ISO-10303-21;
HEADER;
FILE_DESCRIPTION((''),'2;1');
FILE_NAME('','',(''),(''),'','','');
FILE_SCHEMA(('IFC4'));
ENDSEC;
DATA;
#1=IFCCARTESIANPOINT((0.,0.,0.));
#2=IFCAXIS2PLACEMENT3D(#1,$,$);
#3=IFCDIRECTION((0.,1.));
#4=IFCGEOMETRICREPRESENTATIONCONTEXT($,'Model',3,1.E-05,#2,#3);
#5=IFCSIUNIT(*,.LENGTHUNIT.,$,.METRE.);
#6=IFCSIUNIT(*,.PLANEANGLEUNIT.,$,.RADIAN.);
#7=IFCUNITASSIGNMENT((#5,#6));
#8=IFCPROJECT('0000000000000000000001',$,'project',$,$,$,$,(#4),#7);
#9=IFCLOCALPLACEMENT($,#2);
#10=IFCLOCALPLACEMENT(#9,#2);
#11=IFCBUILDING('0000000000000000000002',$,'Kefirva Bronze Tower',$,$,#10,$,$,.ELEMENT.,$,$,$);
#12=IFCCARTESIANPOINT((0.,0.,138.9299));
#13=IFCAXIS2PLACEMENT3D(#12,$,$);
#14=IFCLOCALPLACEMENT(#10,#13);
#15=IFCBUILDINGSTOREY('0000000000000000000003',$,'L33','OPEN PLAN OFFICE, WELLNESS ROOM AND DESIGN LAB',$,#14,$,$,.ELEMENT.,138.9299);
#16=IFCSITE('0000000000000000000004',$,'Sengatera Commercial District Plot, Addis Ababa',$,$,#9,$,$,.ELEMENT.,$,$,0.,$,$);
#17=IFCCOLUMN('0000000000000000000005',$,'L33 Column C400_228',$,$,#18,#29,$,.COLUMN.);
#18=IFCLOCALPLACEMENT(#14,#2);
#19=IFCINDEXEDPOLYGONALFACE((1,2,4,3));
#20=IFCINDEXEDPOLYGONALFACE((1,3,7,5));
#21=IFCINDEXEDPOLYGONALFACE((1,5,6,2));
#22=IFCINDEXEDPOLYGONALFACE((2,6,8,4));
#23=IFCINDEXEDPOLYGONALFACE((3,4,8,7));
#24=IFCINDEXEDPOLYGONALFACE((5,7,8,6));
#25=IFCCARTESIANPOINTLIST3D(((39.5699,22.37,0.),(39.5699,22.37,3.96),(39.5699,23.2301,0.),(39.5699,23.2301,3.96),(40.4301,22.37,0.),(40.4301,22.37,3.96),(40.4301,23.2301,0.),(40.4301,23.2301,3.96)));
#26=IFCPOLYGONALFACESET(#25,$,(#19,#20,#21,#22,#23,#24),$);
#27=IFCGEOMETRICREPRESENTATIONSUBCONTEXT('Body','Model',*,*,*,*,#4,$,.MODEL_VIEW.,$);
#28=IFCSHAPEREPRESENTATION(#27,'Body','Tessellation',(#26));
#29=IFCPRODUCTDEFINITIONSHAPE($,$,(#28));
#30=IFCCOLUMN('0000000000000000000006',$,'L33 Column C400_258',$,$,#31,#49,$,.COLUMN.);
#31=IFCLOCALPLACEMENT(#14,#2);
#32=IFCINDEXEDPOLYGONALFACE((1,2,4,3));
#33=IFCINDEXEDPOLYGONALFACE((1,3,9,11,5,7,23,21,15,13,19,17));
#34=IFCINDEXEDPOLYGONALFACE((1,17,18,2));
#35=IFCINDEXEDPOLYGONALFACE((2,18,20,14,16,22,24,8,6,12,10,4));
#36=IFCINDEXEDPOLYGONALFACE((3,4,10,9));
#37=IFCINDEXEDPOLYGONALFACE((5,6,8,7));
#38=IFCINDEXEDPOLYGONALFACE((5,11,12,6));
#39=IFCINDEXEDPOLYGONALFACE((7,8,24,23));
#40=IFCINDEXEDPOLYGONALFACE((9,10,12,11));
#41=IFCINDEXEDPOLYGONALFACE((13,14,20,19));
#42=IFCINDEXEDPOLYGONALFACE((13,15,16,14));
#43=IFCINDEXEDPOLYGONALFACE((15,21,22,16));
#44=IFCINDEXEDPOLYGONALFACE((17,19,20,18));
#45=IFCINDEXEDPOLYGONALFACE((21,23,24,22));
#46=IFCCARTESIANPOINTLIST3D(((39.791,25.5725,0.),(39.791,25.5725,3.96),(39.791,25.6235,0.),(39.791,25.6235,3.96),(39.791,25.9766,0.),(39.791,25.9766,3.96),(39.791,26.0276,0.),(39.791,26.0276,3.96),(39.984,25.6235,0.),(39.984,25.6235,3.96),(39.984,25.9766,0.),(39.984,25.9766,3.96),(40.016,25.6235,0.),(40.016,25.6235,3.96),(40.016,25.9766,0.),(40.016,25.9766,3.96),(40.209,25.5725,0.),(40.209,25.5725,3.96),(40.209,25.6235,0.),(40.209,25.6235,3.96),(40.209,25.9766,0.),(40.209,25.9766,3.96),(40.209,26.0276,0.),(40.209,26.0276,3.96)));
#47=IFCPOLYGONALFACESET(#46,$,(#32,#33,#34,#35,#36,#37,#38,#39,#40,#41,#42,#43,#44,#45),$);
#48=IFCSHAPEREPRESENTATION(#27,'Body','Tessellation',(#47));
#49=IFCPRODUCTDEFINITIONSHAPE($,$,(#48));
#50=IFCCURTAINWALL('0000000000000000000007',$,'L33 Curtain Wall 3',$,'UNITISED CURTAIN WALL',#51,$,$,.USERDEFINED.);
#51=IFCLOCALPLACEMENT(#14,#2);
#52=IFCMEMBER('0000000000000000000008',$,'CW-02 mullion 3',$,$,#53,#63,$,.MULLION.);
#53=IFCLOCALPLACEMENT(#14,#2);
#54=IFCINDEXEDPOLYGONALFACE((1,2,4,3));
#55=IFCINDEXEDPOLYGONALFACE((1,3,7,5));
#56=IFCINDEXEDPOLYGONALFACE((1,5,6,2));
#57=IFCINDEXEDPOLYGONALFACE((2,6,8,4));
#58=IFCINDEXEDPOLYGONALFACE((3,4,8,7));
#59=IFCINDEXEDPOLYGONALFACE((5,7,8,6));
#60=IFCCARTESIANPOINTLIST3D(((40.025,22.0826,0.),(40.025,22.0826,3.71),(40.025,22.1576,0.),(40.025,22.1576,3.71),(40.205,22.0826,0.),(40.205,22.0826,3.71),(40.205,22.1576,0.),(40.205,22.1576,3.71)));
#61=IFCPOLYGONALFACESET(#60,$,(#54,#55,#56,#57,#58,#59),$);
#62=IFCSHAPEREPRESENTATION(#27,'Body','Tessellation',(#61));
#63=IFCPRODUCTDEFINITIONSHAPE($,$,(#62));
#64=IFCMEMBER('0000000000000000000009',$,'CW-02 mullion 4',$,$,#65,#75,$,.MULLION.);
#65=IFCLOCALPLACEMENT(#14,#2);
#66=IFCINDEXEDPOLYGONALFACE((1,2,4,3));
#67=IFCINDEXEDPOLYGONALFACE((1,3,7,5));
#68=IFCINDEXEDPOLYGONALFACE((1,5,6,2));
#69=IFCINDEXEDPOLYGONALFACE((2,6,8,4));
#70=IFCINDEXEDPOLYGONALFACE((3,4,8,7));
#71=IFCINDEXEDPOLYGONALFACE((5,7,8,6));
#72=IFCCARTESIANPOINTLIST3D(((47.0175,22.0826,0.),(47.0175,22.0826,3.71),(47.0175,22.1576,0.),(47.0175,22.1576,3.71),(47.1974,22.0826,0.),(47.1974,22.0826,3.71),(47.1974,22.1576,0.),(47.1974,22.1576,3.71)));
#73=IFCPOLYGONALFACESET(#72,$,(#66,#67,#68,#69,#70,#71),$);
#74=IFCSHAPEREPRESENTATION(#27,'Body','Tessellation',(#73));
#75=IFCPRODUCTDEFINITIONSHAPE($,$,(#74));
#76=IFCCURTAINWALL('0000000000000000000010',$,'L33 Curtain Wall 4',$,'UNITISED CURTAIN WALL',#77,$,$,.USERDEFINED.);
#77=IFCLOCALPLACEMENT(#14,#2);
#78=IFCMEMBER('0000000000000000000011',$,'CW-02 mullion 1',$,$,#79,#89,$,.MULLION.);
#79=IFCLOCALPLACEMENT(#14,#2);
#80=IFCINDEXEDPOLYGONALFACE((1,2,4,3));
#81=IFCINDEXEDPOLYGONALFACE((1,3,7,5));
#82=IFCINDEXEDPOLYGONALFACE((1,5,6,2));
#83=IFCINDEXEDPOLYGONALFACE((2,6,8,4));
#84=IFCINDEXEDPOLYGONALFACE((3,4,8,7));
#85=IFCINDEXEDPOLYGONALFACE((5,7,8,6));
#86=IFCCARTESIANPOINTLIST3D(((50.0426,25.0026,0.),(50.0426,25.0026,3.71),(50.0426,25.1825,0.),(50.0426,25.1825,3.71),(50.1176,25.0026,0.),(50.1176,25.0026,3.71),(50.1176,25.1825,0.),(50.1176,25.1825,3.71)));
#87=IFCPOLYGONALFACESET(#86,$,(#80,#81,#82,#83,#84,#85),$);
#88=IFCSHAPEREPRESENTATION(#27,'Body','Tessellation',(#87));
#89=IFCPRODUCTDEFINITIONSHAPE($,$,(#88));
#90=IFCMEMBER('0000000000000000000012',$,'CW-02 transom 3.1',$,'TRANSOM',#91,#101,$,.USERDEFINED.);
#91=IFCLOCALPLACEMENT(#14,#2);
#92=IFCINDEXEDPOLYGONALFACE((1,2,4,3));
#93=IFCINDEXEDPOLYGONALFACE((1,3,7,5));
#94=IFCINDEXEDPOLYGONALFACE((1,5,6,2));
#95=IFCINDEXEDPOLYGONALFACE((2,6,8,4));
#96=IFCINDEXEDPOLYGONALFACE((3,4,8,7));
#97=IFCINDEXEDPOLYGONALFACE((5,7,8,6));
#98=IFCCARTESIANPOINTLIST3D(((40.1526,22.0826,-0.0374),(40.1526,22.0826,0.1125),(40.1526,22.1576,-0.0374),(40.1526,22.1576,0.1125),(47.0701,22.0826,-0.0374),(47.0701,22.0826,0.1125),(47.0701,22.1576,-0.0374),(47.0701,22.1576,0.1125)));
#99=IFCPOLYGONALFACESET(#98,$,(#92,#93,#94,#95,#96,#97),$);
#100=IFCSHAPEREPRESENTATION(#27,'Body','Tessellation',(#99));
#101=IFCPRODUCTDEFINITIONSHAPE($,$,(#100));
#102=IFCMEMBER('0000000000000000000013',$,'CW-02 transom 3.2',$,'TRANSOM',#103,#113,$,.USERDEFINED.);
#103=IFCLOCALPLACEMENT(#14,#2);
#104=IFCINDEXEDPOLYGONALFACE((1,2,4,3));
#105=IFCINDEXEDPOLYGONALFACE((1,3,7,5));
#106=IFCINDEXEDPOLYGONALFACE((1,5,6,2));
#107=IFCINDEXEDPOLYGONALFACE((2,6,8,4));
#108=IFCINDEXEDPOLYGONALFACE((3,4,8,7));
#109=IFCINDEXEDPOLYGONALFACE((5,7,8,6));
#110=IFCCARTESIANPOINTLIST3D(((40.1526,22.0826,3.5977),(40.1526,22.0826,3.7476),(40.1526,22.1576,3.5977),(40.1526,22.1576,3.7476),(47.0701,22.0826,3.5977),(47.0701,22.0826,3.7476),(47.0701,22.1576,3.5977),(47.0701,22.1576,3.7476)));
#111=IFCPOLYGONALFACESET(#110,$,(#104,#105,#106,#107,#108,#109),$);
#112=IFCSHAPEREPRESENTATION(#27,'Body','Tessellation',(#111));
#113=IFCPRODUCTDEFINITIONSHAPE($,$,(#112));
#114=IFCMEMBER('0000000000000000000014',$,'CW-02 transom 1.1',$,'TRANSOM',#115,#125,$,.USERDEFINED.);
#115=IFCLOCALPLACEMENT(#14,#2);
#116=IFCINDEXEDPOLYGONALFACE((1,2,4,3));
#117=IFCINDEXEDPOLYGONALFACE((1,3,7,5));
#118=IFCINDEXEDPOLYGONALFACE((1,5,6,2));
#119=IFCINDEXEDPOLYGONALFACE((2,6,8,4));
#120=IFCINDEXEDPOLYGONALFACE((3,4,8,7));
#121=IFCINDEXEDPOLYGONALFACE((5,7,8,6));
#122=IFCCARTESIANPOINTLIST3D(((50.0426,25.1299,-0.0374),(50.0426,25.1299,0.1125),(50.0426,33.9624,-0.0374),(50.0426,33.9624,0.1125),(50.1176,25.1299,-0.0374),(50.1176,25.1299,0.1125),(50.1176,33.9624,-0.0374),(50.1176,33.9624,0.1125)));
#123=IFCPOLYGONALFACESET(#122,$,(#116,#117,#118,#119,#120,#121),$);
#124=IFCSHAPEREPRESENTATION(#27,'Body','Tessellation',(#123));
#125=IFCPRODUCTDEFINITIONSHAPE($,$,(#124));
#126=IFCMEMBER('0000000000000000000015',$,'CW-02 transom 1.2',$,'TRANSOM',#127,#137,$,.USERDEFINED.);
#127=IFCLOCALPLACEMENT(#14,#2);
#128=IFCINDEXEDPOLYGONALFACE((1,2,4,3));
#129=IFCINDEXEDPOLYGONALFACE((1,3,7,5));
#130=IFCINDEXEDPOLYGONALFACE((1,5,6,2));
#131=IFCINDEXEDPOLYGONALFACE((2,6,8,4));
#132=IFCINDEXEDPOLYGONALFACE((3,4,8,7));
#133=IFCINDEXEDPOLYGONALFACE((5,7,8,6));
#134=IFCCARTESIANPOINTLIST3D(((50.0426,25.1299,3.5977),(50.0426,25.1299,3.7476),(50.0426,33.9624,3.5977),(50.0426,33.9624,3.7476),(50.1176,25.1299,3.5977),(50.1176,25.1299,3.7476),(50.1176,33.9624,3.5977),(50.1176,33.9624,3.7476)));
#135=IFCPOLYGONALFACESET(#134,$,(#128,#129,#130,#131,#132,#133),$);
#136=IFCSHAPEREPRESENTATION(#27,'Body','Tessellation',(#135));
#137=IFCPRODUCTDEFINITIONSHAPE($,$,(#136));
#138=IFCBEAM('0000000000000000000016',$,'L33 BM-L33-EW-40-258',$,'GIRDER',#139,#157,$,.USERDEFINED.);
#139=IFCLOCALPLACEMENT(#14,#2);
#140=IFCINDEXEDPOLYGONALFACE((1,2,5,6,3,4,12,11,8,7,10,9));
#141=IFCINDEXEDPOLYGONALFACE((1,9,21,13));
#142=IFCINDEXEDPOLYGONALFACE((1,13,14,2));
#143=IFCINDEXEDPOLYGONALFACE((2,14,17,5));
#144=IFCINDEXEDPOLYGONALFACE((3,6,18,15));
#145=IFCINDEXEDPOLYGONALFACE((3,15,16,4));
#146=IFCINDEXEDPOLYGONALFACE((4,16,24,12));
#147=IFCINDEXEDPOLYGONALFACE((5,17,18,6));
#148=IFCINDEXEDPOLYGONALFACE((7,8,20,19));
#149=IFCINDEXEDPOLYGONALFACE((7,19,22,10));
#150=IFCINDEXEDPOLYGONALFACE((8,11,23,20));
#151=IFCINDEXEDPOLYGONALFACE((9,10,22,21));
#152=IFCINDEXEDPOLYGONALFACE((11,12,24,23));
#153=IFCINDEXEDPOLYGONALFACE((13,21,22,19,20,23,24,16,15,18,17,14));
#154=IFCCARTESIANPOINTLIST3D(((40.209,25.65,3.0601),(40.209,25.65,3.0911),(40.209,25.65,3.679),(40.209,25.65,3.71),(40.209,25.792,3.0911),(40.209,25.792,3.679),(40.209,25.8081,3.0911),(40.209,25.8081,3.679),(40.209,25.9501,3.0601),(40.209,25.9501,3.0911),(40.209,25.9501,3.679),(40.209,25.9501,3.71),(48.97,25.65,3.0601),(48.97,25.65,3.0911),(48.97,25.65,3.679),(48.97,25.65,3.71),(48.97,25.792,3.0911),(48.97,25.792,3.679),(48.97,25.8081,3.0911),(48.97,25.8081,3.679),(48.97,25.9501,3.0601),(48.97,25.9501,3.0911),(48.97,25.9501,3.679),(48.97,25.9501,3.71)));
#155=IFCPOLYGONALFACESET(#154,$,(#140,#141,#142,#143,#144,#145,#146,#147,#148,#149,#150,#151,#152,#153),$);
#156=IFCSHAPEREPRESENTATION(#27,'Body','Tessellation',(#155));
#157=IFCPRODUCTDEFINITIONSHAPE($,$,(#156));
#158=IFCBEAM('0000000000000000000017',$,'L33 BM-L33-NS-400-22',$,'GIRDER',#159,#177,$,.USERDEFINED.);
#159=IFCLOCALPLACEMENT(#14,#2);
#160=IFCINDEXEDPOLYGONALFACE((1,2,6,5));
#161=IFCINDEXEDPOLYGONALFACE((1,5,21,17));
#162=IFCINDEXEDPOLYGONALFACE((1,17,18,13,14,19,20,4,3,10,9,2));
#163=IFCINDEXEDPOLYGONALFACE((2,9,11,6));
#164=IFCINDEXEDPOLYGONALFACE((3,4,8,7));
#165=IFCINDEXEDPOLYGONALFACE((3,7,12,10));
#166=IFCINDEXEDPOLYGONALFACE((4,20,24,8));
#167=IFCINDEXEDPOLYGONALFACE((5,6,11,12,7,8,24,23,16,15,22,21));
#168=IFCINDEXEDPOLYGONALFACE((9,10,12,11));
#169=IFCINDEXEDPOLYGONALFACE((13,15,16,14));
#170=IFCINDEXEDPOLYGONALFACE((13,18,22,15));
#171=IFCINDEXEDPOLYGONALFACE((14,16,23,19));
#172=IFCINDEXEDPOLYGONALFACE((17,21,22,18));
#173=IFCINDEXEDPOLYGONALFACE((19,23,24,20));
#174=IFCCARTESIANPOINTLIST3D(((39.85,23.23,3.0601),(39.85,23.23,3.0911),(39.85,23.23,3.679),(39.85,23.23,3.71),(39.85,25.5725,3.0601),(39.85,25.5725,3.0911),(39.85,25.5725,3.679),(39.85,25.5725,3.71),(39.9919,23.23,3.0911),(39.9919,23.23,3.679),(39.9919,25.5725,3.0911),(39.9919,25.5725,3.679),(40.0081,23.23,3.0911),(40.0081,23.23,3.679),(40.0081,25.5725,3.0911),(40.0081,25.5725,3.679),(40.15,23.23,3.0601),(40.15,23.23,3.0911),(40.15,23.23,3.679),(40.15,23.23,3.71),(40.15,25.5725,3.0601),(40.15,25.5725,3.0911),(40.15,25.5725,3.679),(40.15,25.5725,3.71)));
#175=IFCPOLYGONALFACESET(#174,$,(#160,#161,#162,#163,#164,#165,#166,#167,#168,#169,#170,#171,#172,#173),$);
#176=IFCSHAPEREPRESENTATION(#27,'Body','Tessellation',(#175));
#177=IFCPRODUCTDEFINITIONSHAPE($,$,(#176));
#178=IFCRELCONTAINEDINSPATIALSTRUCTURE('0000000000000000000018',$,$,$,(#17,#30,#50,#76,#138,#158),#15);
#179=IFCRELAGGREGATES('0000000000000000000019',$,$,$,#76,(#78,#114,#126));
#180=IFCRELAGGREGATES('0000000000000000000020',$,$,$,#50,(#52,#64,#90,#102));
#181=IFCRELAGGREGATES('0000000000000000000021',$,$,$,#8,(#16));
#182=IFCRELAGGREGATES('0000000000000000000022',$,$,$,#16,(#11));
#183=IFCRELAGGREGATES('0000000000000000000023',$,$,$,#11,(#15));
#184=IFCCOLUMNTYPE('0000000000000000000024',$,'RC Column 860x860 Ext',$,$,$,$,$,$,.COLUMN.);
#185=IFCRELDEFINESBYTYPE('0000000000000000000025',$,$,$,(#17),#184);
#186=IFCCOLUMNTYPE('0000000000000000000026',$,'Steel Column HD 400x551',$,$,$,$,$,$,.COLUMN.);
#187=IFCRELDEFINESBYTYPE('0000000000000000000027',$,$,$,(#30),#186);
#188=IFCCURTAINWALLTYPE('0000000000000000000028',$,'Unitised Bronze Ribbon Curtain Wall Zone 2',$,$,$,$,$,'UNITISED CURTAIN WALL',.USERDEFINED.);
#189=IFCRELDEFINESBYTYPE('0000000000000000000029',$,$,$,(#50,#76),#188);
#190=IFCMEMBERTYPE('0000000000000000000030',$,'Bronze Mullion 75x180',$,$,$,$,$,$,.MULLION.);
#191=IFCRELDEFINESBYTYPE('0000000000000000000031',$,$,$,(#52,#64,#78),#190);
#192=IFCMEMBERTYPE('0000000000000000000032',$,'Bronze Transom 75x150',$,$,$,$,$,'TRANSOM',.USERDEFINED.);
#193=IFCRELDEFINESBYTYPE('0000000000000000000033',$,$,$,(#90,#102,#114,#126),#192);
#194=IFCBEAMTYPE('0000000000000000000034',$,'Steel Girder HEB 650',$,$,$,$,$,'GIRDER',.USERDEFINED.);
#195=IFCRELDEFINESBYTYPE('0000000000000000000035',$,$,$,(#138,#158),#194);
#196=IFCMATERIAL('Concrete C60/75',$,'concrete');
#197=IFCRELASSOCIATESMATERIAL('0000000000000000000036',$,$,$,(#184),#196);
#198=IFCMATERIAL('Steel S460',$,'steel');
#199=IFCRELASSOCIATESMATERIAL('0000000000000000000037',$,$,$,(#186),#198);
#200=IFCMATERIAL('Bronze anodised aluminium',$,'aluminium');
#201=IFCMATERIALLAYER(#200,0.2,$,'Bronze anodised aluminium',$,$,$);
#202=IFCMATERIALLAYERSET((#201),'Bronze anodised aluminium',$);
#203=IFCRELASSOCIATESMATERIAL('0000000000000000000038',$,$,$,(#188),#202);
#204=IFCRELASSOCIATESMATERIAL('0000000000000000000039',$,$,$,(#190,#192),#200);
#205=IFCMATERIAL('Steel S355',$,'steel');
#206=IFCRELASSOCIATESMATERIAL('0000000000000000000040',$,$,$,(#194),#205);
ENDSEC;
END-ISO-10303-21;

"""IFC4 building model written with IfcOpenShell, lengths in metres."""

from ifc_helpers import new_model, si_unit, direction, frame, origin, origin_2d, place, context, subcontext, project, spatial, rectangle, i_section, extrude, material, layer, layer_set, material_profile, profile_set, type_object, element, aggregate, save


model = new_model("IFC4")

# Units and contexts
model_context = context("Model", 3, precision=1e-05, world=origin(), true_north=direction((0.0, 1.0)))
body_context = subcontext(model_context, "Body", "Model", "MODEL_VIEW")
ifc_project = project(units=[si_unit("LENGTHUNIT", "METRE"), si_unit("PLANEANGLEUNIT", "RADIAN")], contexts=[model_context])

# Site, building, storey
site_placement = place(None, origin())
site = spatial("IfcSite", under=ifc_project, at=site_placement, Name="Sengatera Commercial District Plot, Addis Ababa", CompositionType="ELEMENT", RefElevation=0.0)
building_placement = place(site_placement, origin())
building = spatial("IfcBuilding", under=site, at=building_placement, Name="Kefirva Bronze Tower", CompositionType="ELEMENT")
storey_placement = place(building_placement, frame((0.0, 0.0, 138.9299)))
storey = spatial("IfcBuildingStorey", under=building, at=storey_placement, Name="L33", Description="OPEN PLAN OFFICE, WELLNESS ROOM AND DESIGN LAB", CompositionType="ELEMENT", Elevation=138.9299)

# Columns
ifc_material_1 = material(Name="Concrete C60/75", Category="concrete")
ifc_material_profile_1 = material_profile(ifc_material_1, rectangle(XDim=0.8601, YDim=0.8601, at=origin_2d()), Name="RC 860x860")
ifc_profile_set_1 = profile_set([ifc_material_profile_1], Name="Concrete C60/75")
column_type_1 = type_object("IfcColumnType", Name="RC Column 860x860 Ext", PredefinedType="COLUMN", material=ifc_profile_set_1)
column_1_placement = place(storey_placement, frame((40.0, 22.8, 0.0), z_axis=(0.0, 0.0, 1.0), x_axis=(1.0, 0.0, 0.0)))
element("IfcColumn", 1, at=column_1_placement, inside=storey, type_object=column_type_1, Name="L33 Column C400_228", PredefinedType="COLUMN", context=body_context, shape_type="SweptSolid", body=[
    extrude(rectangle(XDim=0.8601, YDim=0.8601, at=origin_2d()), origin(), (0.0, 0.0, 1.0), 3.96),
])
ifc_material_2 = material(Name="Steel S460", Category="steel")
ifc_material_profile_2 = material_profile(ifc_material_2, i_section(OverallWidth=0.418, OverallDepth=0.4551, WebThickness=0.032, FlangeThickness=0.051, at=origin_2d()), Name="HD 400x551")
ifc_profile_set_2 = profile_set([ifc_material_profile_2], Name="Steel S460")
column_type_2 = type_object("IfcColumnType", Name="Steel Column HD 400x551", PredefinedType="COLUMN", material=ifc_profile_set_2)
column_2_placement = place(storey_placement, frame((40.0, 25.8, 0.0), z_axis=(0.0, 0.0, 1.0), x_axis=(1.0, 0.0, 0.0)))
element("IfcColumn", 2, at=column_2_placement, inside=storey, type_object=column_type_2, Name="L33 Column C400_258", PredefinedType="COLUMN", context=body_context, shape_type="SweptSolid", body=[
    extrude(i_section(OverallWidth=0.418, OverallDepth=0.4551, WebThickness=0.032, FlangeThickness=0.051, at=origin_2d()), origin(), (0.0, 0.0, 1.0), 3.96),
])

# Curtain wall, members
ifc_material_3 = material(Name="Bronze anodised aluminium", Category="aluminium")
ifc_layer_1 = layer(ifc_material_3, 0.2, Name="Bronze anodised aluminium")
ifc_layer_set_1 = layer_set([ifc_layer_1], Name="Bronze anodised aluminium")
curtain_wall_type = type_object("IfcCurtainWallType", Name="Unitised Bronze Ribbon Curtain Wall Zone 2", ElementType="UNITISED CURTAIN WALL", PredefinedType="USERDEFINED", material=ifc_layer_set_1)
curtain_wall_1_placement = place(storey_placement, origin())
curtain_wall_1 = element("IfcCurtainWall", 3, at=curtain_wall_1_placement, inside=storey, type_object=curtain_wall_type, Name="L33 Curtain Wall 3", ObjectType="UNITISED CURTAIN WALL", PredefinedType="USERDEFINED")
ifc_material_profile_3 = material_profile(ifc_material_3, rectangle(XDim=0.075, YDim=0.1799, at=origin_2d()), Name="ALU 75x180")
ifc_profile_set_3 = profile_set([ifc_material_profile_3], Name="Bronze anodised aluminium")
member_type_1 = type_object("IfcMemberType", Name="Bronze Mullion 75x180", PredefinedType="MULLION", material=ifc_profile_set_3)
member_1_placement = place(storey_placement, frame((40.115, 22.1201, 0.0), z_axis=(0.0, 0.0, 1.0), x_axis=(0.0, 1.0, 0.0)))
member_1 = element("IfcMember", 4, at=member_1_placement, type_object=member_type_1, Name="CW-02 mullion 3", PredefinedType="MULLION", context=body_context, shape_type="SweptSolid", body=[
    extrude(rectangle(XDim=0.075, YDim=0.1799, at=origin_2d()), origin(), (0.0, 0.0, 1.0), 3.71),
])
member_2_placement = place(storey_placement, frame((47.1074, 22.1201, 0.0), z_axis=(0.0, 0.0, 1.0), x_axis=(0.0, 1.0, 0.0)))
member_2 = element("IfcMember", 5, at=member_2_placement, type_object=member_type_1, Name="CW-02 mullion 4", PredefinedType="MULLION", context=body_context, shape_type="SweptSolid", body=[
    extrude(rectangle(XDim=0.075, YDim=0.1799, at=origin_2d()), origin(), (0.0, 0.0, 1.0), 3.71),
])

# Curtain wall, member
curtain_wall_2_placement = place(storey_placement, origin())
curtain_wall_2 = element("IfcCurtainWall", 6, at=curtain_wall_2_placement, inside=storey, type_object=curtain_wall_type, Name="L33 Curtain Wall 4", ObjectType="UNITISED CURTAIN WALL", PredefinedType="USERDEFINED")
member_3_placement = place(storey_placement, frame((50.0801, 25.0925, 0.0), z_axis=(0.0, 0.0, 1.0), x_axis=(-1.0, 0.0, 0.0)))
member_3 = element("IfcMember", 7, at=member_3_placement, type_object=member_type_1, Name="CW-02 mullion 1", PredefinedType="MULLION", context=body_context, shape_type="SweptSolid", body=[
    extrude(rectangle(XDim=0.075, YDim=0.1799, at=origin_2d()), origin(), (0.0, 0.0, 1.0), 3.71),
])

# Members
ifc_material_profile_4 = material_profile(ifc_material_3, rectangle(XDim=0.075, YDim=0.1499, at=origin_2d()), Name="ALU 75x150")
ifc_profile_set_4 = profile_set([ifc_material_profile_4], Name="Bronze anodised aluminium")
member_type_2 = type_object("IfcMemberType", Name="Bronze Transom 75x150", ElementType="TRANSOM", PredefinedType="USERDEFINED", material=ifc_profile_set_4)
member_4_placement = place(storey_placement, frame((40.1526, 22.1201, 0.0376), z_axis=(1.0, 0.0, 0.0), x_axis=(0.0, 1.0, 0.0)))
member_4 = element("IfcMember", 8, at=member_4_placement, type_object=member_type_2, Name="CW-02 transom 3.1", ObjectType="TRANSOM", PredefinedType="USERDEFINED", context=body_context, shape_type="SweptSolid", body=[
    extrude(rectangle(XDim=0.075, YDim=0.1499, at=origin_2d()), origin(), (0.0, 0.0, 1.0), 6.9175),
])
member_5_placement = place(storey_placement, frame((40.1526, 22.1201, 3.6726), z_axis=(1.0, 0.0, 0.0), x_axis=(0.0, 1.0, 0.0)))
member_5 = element("IfcMember", 9, at=member_5_placement, type_object=member_type_2, Name="CW-02 transom 3.2", ObjectType="TRANSOM", PredefinedType="USERDEFINED", context=body_context, shape_type="SweptSolid", body=[
    extrude(rectangle(XDim=0.075, YDim=0.1499, at=origin_2d()), origin(), (0.0, 0.0, 1.0), 6.9175),
])
member_6_placement = place(storey_placement, frame((50.0801, 25.1299, 0.0376), z_axis=(0.0, 1.0, 0.0), x_axis=(-1.0, 0.0, 0.0)))
member_6 = element("IfcMember", 10, at=member_6_placement, type_object=member_type_2, Name="CW-02 transom 1.1", ObjectType="TRANSOM", PredefinedType="USERDEFINED", context=body_context, shape_type="SweptSolid", body=[
    extrude(rectangle(XDim=0.075, YDim=0.1499, at=origin_2d()), origin(), (0.0, 0.0, 1.0), 8.8325),
])
member_7_placement = place(storey_placement, frame((50.0801, 25.1299, 3.6726), z_axis=(0.0, 1.0, 0.0), x_axis=(-1.0, 0.0, 0.0)))
member_7 = element("IfcMember", 11, at=member_7_placement, type_object=member_type_2, Name="CW-02 transom 1.2", ObjectType="TRANSOM", PredefinedType="USERDEFINED", context=body_context, shape_type="SweptSolid", body=[
    extrude(rectangle(XDim=0.075, YDim=0.1499, at=origin_2d()), origin(), (0.0, 0.0, 1.0), 8.8325),
])
aggregate(curtain_wall_2, [member_3, member_6, member_7])

# Beams
ifc_material_4 = material(Name="Steel S355", Category="steel")
ifc_material_profile_5 = material_profile(ifc_material_4, i_section(OverallWidth=0.3, OverallDepth=0.6499, WebThickness=0.0161, FlangeThickness=0.031, at=origin_2d()), Name="HEB 650")
ifc_profile_set_5 = profile_set([ifc_material_profile_5], Name="Steel S355")
beam_type = type_object("IfcBeamType", Name="Steel Girder HEB 650", ElementType="GIRDER", PredefinedType="USERDEFINED", material=ifc_profile_set_5)
beam_1_placement = place(storey_placement, frame((40.209, 25.8, 3.385), z_axis=(1.0, 0.0, 0.0), x_axis=(0.0, 1.0, 0.0)))
element("IfcBeam", 12, at=beam_1_placement, inside=storey, type_object=beam_type, Name="L33 BM-L33-EW-40-258", ObjectType="GIRDER", PredefinedType="USERDEFINED", context=body_context, shape_type="SweptSolid", body=[
    extrude(i_section(OverallWidth=0.3, OverallDepth=0.6499, WebThickness=0.0161, FlangeThickness=0.031, at=origin_2d()), origin(), (0.0, 0.0, 1.0), 8.761),
])
beam_2_placement = place(storey_placement, frame((40.0, 23.23, 3.385), z_axis=(0.0, 1.0, 0.0), x_axis=(-1.0, 0.0, 0.0)))
element("IfcBeam", 13, at=beam_2_placement, inside=storey, type_object=beam_type, Name="L33 BM-L33-NS-400-22", ObjectType="GIRDER", PredefinedType="USERDEFINED", context=body_context, shape_type="SweptSolid", body=[
    extrude(i_section(OverallWidth=0.3, OverallDepth=0.6499, WebThickness=0.0161, FlangeThickness=0.031, at=origin_2d()), origin(), (0.0, 0.0, 1.0), 2.3425),
])

aggregate(curtain_wall_1, [member_1, member_2, member_4, member_5])

save(model, "model.ifc")
